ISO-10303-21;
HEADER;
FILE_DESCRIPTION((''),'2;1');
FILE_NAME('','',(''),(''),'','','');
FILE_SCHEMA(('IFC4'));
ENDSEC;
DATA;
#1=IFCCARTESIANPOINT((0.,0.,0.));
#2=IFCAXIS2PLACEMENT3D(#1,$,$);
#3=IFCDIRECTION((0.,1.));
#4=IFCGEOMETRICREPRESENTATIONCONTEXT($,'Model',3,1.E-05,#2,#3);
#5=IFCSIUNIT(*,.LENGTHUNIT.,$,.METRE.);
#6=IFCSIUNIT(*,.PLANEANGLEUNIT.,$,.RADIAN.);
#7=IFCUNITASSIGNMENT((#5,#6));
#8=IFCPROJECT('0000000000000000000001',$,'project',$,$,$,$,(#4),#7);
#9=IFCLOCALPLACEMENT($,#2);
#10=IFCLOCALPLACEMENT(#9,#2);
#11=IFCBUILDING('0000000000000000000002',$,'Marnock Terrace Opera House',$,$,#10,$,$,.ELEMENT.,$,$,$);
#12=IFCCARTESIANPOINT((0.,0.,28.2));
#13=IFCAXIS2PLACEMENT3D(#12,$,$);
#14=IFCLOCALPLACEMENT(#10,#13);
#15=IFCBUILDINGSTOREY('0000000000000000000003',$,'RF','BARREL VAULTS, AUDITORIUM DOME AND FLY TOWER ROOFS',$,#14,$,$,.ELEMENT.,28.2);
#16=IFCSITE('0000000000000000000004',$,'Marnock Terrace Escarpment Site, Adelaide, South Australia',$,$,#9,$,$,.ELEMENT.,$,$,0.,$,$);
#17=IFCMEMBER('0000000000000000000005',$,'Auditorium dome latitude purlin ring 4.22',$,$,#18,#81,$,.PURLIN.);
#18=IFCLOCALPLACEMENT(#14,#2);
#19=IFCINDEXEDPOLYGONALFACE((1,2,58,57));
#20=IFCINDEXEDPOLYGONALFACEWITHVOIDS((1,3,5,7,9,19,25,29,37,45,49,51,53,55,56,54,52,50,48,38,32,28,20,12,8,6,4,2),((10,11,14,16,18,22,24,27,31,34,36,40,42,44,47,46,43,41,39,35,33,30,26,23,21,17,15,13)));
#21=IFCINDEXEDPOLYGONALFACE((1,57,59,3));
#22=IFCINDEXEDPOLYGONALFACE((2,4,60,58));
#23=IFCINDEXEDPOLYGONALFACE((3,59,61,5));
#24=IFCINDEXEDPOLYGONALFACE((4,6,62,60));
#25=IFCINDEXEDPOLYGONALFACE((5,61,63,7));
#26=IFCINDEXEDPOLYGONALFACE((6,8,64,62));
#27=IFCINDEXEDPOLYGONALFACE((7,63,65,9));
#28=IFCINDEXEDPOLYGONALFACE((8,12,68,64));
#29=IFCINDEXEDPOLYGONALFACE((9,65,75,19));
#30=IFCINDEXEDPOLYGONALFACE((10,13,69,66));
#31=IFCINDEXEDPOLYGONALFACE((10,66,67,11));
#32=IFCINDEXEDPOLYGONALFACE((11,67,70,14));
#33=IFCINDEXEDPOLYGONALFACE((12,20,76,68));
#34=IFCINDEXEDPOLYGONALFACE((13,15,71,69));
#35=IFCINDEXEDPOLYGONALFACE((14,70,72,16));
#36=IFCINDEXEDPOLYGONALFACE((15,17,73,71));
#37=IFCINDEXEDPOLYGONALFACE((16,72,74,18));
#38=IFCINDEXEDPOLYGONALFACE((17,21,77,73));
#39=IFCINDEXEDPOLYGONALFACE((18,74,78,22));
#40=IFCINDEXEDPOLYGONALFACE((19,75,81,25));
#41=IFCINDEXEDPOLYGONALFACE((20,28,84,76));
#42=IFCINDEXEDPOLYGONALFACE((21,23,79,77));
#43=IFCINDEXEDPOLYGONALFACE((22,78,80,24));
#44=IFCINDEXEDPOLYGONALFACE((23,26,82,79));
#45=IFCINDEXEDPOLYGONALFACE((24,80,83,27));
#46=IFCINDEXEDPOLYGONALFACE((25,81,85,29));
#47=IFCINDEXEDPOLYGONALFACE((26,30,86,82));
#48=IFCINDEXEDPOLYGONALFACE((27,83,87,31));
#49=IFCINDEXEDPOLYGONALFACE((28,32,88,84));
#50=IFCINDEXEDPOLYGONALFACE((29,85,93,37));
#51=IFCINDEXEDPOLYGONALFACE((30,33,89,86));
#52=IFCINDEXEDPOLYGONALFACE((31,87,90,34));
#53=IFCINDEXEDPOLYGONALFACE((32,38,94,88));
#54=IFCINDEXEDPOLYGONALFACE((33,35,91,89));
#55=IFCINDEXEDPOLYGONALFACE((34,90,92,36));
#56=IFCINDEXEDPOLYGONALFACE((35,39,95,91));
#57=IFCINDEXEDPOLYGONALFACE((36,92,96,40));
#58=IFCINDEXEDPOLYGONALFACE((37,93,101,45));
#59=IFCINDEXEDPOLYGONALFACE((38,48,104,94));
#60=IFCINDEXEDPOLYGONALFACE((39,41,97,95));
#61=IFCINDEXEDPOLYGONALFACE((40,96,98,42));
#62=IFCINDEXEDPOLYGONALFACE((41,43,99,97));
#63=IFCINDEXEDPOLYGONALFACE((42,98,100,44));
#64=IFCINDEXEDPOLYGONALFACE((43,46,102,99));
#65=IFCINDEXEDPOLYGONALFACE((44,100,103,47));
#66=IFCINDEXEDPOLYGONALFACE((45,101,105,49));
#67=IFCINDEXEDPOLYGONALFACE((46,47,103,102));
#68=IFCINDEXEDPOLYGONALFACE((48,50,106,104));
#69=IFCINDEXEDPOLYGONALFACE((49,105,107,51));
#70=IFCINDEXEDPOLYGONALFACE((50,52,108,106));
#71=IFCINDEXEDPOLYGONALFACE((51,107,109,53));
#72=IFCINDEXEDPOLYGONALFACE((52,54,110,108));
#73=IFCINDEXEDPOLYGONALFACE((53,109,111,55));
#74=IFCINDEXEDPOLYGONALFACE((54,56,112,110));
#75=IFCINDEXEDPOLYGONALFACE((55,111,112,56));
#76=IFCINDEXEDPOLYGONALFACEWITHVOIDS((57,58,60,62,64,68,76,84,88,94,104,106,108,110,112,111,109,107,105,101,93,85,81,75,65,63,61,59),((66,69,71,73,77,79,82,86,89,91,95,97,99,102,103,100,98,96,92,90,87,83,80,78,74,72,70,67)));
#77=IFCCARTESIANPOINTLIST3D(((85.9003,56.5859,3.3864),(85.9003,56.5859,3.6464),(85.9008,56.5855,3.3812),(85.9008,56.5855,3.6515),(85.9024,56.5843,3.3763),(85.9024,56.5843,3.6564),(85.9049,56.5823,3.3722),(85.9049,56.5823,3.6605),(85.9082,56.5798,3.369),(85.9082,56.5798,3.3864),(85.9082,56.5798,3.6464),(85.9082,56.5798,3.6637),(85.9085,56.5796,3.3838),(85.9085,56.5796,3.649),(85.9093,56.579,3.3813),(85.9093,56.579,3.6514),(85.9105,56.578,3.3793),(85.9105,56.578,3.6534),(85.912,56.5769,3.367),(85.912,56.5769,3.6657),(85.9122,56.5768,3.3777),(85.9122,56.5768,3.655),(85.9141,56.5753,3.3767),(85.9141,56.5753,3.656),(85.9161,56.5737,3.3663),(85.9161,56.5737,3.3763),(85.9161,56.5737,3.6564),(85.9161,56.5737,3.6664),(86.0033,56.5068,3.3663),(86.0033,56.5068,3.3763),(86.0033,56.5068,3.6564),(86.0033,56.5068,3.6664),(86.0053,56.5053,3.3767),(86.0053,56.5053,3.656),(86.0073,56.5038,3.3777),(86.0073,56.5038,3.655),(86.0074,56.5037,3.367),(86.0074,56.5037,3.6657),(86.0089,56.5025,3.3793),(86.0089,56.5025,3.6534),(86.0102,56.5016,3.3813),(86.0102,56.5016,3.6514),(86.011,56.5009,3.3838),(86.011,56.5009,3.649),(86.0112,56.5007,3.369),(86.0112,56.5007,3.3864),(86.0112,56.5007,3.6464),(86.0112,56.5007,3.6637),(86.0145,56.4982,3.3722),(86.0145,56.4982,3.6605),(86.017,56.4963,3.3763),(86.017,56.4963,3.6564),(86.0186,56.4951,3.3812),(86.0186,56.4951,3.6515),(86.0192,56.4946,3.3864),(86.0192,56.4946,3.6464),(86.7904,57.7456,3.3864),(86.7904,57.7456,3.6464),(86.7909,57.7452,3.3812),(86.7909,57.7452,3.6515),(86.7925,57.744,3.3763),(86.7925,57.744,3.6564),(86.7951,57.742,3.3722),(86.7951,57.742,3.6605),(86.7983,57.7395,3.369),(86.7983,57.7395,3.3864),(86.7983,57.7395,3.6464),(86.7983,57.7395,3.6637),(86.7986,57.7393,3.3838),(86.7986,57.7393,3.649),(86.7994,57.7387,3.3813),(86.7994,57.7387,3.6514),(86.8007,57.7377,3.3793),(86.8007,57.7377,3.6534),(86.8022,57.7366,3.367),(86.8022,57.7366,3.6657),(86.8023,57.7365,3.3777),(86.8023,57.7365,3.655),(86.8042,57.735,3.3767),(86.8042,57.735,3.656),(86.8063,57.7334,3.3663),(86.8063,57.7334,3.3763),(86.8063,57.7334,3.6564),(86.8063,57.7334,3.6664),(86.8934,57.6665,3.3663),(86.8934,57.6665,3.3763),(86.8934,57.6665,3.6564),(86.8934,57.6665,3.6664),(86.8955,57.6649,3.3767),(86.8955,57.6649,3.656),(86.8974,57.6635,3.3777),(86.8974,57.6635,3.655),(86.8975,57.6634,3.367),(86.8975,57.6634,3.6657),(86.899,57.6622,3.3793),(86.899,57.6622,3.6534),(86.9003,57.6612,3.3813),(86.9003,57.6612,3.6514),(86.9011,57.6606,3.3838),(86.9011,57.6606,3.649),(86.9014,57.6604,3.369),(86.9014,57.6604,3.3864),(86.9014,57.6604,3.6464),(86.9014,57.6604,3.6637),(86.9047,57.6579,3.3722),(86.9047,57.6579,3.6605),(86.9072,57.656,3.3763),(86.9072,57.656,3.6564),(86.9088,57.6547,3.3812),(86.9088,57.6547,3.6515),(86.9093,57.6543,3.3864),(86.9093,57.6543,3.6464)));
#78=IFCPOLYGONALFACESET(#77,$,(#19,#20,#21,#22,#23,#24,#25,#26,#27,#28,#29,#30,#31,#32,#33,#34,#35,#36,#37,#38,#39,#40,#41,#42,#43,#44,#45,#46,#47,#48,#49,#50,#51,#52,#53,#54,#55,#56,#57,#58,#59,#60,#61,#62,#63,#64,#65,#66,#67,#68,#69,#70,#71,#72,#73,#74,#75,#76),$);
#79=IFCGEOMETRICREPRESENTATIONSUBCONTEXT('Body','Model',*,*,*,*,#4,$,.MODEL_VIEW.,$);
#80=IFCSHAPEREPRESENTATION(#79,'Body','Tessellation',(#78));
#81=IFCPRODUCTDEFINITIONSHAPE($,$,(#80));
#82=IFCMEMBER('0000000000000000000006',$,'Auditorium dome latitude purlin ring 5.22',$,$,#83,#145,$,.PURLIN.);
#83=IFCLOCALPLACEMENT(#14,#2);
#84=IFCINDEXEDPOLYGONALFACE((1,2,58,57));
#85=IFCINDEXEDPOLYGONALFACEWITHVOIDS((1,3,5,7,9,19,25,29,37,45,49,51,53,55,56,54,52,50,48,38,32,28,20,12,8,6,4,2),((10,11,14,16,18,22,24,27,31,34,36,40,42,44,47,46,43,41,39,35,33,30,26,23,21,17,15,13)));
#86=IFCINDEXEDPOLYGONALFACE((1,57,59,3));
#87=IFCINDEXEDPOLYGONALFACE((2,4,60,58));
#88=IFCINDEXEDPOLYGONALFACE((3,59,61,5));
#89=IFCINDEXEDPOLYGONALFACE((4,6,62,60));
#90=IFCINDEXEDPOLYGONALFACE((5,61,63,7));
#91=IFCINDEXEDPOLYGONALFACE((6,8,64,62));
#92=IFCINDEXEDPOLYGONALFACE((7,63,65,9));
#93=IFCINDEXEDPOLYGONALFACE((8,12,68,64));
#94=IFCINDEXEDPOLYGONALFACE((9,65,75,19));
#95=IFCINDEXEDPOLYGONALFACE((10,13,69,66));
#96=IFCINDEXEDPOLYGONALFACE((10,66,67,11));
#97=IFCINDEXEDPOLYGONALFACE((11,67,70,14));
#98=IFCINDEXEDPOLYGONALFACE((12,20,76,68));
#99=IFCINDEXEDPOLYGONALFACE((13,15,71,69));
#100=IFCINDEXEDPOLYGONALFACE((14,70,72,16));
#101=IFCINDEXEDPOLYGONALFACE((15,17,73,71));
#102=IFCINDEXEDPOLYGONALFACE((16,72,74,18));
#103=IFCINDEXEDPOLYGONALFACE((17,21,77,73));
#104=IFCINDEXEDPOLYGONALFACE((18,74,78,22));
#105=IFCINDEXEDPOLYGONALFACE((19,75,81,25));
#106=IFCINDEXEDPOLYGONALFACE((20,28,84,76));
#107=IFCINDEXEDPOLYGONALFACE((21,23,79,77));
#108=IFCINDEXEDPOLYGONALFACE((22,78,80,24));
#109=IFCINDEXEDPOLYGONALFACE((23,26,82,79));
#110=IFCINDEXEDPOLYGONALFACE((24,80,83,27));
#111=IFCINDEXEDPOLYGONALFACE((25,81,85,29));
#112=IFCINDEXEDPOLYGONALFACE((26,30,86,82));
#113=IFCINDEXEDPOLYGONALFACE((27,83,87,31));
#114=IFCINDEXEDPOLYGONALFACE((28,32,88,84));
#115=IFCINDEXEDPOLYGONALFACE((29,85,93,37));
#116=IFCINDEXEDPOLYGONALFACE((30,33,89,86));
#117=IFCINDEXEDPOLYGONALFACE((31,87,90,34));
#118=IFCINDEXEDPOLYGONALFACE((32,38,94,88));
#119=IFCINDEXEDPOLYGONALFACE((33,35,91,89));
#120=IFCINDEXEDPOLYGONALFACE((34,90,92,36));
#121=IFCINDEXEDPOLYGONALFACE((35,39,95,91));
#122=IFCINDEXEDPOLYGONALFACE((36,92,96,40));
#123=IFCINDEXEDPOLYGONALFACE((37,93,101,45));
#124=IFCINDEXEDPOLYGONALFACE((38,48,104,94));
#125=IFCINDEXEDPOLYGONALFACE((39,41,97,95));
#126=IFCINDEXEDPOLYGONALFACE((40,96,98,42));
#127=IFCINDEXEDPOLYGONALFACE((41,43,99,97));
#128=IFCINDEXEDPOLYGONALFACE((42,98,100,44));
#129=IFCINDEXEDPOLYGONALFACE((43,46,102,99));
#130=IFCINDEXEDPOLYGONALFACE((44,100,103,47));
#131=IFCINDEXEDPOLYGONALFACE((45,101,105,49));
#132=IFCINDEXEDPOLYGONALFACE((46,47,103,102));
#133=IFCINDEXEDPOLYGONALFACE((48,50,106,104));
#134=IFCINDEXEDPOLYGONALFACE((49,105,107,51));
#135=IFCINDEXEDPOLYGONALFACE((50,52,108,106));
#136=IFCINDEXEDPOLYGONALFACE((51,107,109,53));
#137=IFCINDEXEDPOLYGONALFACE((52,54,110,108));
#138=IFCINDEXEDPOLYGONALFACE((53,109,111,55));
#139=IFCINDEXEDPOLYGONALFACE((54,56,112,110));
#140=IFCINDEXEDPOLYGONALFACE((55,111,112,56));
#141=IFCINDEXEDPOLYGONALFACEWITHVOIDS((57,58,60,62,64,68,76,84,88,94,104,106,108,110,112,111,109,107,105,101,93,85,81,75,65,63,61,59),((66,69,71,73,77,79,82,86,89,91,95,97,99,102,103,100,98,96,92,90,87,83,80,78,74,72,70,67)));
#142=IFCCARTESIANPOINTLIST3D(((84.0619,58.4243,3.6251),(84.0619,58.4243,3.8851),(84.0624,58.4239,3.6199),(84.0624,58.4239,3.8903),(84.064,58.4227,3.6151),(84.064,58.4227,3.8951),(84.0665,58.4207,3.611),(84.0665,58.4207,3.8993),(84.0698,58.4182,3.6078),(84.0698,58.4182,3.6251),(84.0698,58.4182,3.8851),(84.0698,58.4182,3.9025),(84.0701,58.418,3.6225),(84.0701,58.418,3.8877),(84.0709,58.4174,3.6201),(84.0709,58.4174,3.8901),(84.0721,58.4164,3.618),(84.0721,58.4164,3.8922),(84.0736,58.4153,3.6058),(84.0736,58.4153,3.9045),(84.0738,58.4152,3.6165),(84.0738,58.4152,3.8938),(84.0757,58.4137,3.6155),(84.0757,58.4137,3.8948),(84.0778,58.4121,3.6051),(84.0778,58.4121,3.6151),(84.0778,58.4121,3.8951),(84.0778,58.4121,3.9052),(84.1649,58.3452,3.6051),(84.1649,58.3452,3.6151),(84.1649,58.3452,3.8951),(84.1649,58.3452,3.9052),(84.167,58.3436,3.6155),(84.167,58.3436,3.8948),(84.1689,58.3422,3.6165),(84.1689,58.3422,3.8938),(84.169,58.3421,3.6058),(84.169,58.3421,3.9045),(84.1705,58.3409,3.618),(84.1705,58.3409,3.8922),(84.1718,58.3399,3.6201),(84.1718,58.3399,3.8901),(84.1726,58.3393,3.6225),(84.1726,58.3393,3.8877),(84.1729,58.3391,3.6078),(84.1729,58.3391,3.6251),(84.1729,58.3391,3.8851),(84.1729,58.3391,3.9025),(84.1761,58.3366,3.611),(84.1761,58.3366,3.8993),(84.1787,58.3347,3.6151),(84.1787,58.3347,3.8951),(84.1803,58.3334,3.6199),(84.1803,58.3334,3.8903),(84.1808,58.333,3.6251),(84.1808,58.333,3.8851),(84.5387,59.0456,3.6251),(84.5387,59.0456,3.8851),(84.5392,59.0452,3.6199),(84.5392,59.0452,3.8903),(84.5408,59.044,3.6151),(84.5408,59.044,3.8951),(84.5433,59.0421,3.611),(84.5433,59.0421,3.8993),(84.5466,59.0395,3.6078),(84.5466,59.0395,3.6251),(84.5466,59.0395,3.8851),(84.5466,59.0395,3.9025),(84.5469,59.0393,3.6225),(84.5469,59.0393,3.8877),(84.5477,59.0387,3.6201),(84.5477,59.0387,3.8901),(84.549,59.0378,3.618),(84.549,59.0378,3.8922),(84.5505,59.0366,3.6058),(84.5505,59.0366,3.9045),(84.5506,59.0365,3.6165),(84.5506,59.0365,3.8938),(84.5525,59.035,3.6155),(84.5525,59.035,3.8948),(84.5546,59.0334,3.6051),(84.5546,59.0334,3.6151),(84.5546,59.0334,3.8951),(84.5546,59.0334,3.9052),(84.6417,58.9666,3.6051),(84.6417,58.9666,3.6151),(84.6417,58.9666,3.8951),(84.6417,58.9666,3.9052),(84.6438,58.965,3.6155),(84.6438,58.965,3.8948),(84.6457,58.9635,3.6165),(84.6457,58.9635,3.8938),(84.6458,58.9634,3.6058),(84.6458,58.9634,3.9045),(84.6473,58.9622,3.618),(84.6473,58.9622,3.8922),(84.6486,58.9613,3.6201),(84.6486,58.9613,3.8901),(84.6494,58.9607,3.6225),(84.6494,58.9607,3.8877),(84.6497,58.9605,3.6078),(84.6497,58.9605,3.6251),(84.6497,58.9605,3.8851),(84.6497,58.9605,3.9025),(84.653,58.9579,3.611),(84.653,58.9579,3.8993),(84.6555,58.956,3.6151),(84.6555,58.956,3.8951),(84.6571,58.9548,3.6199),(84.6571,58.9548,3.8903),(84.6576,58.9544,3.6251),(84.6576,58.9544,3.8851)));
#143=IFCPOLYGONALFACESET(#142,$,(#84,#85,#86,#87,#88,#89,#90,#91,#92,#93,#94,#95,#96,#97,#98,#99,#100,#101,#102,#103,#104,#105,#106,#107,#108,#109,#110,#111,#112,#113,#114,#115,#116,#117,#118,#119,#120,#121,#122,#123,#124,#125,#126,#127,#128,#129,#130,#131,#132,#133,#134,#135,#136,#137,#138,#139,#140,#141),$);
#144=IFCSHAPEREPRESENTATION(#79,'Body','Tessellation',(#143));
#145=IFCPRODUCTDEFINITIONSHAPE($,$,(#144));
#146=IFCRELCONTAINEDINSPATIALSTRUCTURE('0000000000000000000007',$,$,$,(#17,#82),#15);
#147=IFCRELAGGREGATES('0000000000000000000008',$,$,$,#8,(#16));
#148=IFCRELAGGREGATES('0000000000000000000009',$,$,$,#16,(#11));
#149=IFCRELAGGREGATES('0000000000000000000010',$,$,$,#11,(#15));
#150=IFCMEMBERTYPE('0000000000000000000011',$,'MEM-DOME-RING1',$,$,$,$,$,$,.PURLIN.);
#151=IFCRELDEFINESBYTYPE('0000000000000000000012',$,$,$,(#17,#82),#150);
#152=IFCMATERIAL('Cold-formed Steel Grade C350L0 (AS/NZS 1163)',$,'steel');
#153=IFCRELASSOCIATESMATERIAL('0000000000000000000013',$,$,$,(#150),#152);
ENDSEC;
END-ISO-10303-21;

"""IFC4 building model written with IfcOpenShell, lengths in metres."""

from ifc_helpers import new_model, si_unit, direction, frame, origin, origin_2d, place, context, subcontext, project, spatial, hollow_rectangle, extrude, material, material_profile, profile_set, type_object, element, save


model = new_model("IFC4")

# Units and contexts
model_context = context("Model", 3, precision=1e-05, world=origin(), true_north=direction((0.0, 1.0)))
body_context = subcontext(model_context, "Body", "Model", "MODEL_VIEW")
ifc_project = project(units=[si_unit("LENGTHUNIT", "METRE"), si_unit("PLANEANGLEUNIT", "RADIAN")], contexts=[model_context])

# Site, building, storey
site_placement = place(None, origin())
site = spatial("IfcSite", under=ifc_project, at=site_placement, Name="Marnock Terrace Escarpment Site, Adelaide, South Australia", CompositionType="ELEMENT", RefElevation=0.0)
building_placement = place(site_placement, origin())
building = spatial("IfcBuilding", under=site, at=building_placement, Name="Marnock Terrace Opera House", CompositionType="ELEMENT")
storey_placement = place(building_placement, frame((0.0, 0.0, 28.2)))
storey = spatial("IfcBuildingStorey", under=building, at=storey_placement, Name="RF", Description="BARREL VAULTS, AUDITORIUM DOME AND FLY TOWER ROOFS", CompositionType="ELEMENT", Elevation=28.2)

# Members
ifc_material_1 = material(Name="Cold-formed Steel Grade C350L0 (AS/NZS 1163)", Category="steel")
ifc_material_profile_1 = material_profile(ifc_material_1, hollow_rectangle(XDim=0.1499, YDim=0.3, WallThickness=0.01, InnerFilletRadius=0.01, OuterFilletRadius=0.02, at=origin_2d()))
ifc_profile_set_1 = profile_set([ifc_material_profile_1], Name="Cold-formed Steel Grade C350L0 (AS/NZS 1163)")
member_type_1 = type_object("IfcMemberType", Name="MEM-DOME-RING1", PredefinedType="PURLIN", material=ifc_profile_set_1)
member_1_placement = place(storey_placement, frame((85.9597, 56.5403, 3.5164), z_axis=(0.608887, 0.793257, 0.0), x_axis=(-0.793257, 0.608887, 0.0)))
element("IfcMember", 1, at=member_1_placement, inside=storey, type_object=member_type_1, Name="Auditorium dome latitude purlin ring 4.22", PredefinedType="PURLIN", context=body_context, shape_type="SweptSolid", body=[
    extrude(hollow_rectangle(XDim=0.1499, YDim=0.3, WallThickness=0.01, InnerFilletRadius=0.01, OuterFilletRadius=0.02, at=origin_2d()), origin(), (0.0, 0.0, 1.0), 1.4619),
])
member_2_placement = place(storey_placement, frame((84.1213, 58.3787, 3.7551), z_axis=(0.608791, 0.79333, 0.0), x_axis=(-0.79333, 0.608791, 0.0)))
element("IfcMember", 2, at=member_2_placement, inside=storey, type_object=member_type_1, Name="Auditorium dome latitude purlin ring 5.22", PredefinedType="PURLIN", context=body_context, shape_type="SweptSolid", body=[
    extrude(hollow_rectangle(XDim=0.1499, YDim=0.3, WallThickness=0.01, InnerFilletRadius=0.01, OuterFilletRadius=0.02, at=origin_2d()), origin(), (0.0, 0.0, 1.0), 0.7832),
])

save(model, "model.ifc")
